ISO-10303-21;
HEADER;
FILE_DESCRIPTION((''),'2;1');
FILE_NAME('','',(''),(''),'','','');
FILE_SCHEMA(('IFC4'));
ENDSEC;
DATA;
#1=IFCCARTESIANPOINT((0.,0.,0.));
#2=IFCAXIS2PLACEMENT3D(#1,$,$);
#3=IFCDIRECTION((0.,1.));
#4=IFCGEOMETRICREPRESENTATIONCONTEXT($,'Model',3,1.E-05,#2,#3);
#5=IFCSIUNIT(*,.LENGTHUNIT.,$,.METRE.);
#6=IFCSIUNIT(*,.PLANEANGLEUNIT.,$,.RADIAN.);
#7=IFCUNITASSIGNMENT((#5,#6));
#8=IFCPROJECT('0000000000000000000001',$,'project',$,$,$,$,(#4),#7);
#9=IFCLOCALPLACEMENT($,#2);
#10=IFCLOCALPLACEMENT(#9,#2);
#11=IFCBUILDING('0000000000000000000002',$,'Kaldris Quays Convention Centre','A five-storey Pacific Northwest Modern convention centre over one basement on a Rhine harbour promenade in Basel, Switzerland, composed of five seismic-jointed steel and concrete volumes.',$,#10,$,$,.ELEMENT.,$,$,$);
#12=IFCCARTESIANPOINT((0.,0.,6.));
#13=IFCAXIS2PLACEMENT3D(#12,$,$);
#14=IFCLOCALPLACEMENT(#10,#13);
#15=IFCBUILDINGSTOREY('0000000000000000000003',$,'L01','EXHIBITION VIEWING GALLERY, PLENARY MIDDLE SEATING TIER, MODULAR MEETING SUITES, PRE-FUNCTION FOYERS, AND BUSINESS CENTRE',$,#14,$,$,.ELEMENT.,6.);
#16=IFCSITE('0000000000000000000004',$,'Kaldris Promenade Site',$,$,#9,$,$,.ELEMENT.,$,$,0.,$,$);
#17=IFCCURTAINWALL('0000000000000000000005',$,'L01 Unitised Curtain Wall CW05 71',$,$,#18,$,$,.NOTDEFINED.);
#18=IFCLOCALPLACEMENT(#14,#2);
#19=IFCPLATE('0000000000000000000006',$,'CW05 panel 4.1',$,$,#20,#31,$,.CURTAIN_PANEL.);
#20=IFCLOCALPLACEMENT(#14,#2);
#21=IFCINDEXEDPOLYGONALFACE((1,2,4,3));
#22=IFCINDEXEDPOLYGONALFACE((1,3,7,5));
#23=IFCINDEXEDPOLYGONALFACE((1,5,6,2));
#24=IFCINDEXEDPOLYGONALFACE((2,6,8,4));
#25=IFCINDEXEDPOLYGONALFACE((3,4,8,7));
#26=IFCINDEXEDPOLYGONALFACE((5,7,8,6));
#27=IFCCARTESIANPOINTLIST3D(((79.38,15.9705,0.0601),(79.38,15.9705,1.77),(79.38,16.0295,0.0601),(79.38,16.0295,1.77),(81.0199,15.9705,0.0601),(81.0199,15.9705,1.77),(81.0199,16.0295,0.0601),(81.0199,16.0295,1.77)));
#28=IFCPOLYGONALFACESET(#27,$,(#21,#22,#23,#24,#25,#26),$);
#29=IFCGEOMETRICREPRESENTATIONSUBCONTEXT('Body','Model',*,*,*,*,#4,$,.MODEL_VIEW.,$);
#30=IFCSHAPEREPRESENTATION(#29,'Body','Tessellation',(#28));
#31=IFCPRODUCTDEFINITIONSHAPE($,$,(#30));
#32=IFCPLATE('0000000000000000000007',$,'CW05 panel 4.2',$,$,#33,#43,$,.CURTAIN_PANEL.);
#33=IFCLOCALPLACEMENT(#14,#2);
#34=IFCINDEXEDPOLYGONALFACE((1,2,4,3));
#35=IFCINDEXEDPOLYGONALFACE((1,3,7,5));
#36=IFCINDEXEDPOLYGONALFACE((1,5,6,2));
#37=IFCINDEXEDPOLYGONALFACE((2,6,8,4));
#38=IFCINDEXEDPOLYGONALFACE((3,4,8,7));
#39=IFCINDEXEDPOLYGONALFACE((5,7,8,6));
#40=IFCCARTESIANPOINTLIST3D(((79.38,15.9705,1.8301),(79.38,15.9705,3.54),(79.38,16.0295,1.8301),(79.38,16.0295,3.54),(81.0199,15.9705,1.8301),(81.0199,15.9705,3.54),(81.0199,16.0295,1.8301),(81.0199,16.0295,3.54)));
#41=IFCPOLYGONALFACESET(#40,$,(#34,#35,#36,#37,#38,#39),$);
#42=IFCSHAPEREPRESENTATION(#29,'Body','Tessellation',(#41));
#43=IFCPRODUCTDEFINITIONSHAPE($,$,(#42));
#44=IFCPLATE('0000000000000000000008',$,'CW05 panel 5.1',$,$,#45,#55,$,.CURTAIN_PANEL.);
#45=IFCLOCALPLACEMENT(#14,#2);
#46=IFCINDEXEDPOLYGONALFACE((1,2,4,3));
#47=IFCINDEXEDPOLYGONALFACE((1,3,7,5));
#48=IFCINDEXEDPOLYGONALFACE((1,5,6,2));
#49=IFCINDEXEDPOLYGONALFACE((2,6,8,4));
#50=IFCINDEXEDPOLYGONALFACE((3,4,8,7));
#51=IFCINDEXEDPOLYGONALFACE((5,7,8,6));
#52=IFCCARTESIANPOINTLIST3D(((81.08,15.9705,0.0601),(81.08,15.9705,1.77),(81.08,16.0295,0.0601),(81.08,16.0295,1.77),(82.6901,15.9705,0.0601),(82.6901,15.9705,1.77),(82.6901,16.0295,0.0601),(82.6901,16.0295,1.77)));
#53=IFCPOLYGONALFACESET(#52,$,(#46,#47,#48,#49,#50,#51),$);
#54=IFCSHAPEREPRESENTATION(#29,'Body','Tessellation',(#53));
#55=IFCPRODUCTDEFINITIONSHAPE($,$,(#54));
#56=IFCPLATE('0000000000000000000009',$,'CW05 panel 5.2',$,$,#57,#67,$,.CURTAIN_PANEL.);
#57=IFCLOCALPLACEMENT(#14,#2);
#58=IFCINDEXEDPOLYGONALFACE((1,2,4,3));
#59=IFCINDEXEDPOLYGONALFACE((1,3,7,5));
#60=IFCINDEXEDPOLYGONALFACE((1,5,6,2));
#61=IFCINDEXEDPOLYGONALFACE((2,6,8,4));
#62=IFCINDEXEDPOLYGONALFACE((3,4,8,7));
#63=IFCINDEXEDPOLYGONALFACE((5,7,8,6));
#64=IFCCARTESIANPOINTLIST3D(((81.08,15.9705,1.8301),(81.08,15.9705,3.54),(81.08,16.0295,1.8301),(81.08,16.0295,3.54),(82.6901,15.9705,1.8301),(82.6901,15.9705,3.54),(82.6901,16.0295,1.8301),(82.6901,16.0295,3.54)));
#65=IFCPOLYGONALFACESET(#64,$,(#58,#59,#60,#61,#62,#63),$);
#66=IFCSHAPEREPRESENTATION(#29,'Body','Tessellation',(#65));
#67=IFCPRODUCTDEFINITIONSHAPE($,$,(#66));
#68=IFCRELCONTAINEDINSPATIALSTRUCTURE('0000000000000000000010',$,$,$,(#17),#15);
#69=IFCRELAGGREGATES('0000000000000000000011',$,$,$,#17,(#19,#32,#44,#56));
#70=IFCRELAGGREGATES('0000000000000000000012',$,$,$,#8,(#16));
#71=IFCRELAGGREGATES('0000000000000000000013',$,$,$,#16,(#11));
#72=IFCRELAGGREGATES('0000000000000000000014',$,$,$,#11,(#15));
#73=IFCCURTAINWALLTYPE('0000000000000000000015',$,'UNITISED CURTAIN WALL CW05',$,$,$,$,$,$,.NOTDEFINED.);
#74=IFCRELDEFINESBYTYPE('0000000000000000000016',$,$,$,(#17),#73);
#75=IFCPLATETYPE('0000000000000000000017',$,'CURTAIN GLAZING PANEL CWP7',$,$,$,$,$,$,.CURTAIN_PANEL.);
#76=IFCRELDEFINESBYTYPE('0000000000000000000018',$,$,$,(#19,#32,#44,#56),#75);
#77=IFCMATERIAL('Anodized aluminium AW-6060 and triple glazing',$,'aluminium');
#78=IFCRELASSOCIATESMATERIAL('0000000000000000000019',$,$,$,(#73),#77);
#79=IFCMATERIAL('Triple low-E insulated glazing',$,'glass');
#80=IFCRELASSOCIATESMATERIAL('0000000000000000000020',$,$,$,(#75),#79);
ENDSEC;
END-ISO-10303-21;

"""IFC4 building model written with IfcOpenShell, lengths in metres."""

from ifc_helpers import new_model, si_unit, direction, frame, origin, origin_2d, place, context, subcontext, project, spatial, rectangle, extrude, material, type_object, element, aggregate, save


model = new_model("IFC4")

# Units and contexts
model_context = context("Model", 3, precision=1e-05, world=origin(), true_north=direction((0.0, 1.0)))
body_context = subcontext(model_context, "Body", "Model", "MODEL_VIEW")
ifc_project = project(units=[si_unit("LENGTHUNIT", "METRE"), si_unit("PLANEANGLEUNIT", "RADIAN")], contexts=[model_context])

# Site, building, storey
site_placement = place(None, origin())
site = spatial("IfcSite", under=ifc_project, at=site_placement, Name="Kaldris Promenade Site", CompositionType="ELEMENT", RefElevation=0.0)
building_placement = place(site_placement, origin())
building = spatial("IfcBuilding", under=site, at=building_placement, Name="Kaldris Quays Convention Centre", Description="A five-storey Pacific Northwest Modern convention centre over one basement on a Rhine harbour promenade in Basel, Switzerland, composed of five seismic-jointed steel and concrete volumes.", CompositionType="ELEMENT")
storey_placement = place(building_placement, frame((0.0, 0.0, 6.0)))
storey = spatial("IfcBuildingStorey", under=building, at=storey_placement, Name="L01", Description="EXHIBITION VIEWING GALLERY, PLENARY MIDDLE SEATING TIER, MODULAR MEETING SUITES, PRE-FUNCTION FOYERS, AND BUSINESS CENTRE", CompositionType="ELEMENT", Elevation=6.0)

# Curtain wall, plates
ifc_material_1 = material(Name="Anodized aluminium AW-6060 and triple glazing", Category="aluminium")
curtain_wall_type = type_object("IfcCurtainWallType", Name="UNITISED CURTAIN WALL CW05", PredefinedType="NOTDEFINED", material=ifc_material_1)
curtain_wall_placement = place(storey_placement, origin())
curtain_wall = element("IfcCurtainWall", 1, at=curtain_wall_placement, inside=storey, type_object=curtain_wall_type, Name="L01 Unitised Curtain Wall CW05 71", PredefinedType="NOTDEFINED")
ifc_material_2 = material(Name="Triple low-E insulated glazing", Category="glass")
plate_type = type_object("IfcPlateType", Name="CURTAIN GLAZING PANEL CWP7", PredefinedType="CURTAIN_PANEL", material=ifc_material_2)
plate_1_placement = place(storey_placement, frame((80.2, 16.0, 0.0601), z_axis=(0.0, 0.0, 1.0), x_axis=(1.0, 0.0, 0.0)))
plate_1 = element("IfcPlate", 2, at=plate_1_placement, type_object=plate_type, Name="CW05 panel 4.1", PredefinedType="CURTAIN_PANEL", context=body_context, shape_type="SweptSolid", body=[
    extrude(rectangle(XDim=1.6399, YDim=0.0591, at=origin_2d()), origin(), (0.0, 0.0, 1.0), 1.71),
])
plate_2_placement = place(storey_placement, frame((80.2, 16.0, 1.8301), z_axis=(0.0, 0.0, 1.0), x_axis=(1.0, 0.0, 0.0)))
plate_2 = element("IfcPlate", 3, at=plate_2_placement, type_object=plate_type, Name="CW05 panel 4.2", PredefinedType="CURTAIN_PANEL", context=body_context, shape_type="SweptSolid", body=[
    extrude(rectangle(XDim=1.6399, YDim=0.0591, at=origin_2d()), origin(), (0.0, 0.0, 1.0), 1.71),
])
plate_3_placement = place(storey_placement, frame((81.885, 16.0, 0.0601), z_axis=(0.0, 0.0, 1.0), x_axis=(1.0, 0.0, 0.0)))
plate_3 = element("IfcPlate", 4, at=plate_3_placement, type_object=plate_type, Name="CW05 panel 5.1", PredefinedType="CURTAIN_PANEL", context=body_context, shape_type="SweptSolid", body=[
    extrude(rectangle(XDim=1.6101, YDim=0.0591, at=origin_2d()), origin(), (0.0, 0.0, 1.0), 1.71),
])
plate_4_placement = place(storey_placement, frame((81.885, 16.0, 1.8301), z_axis=(0.0, 0.0, 1.0), x_axis=(1.0, 0.0, 0.0)))
plate_4 = element("IfcPlate", 5, at=plate_4_placement, type_object=plate_type, Name="CW05 panel 5.2", PredefinedType="CURTAIN_PANEL", context=body_context, shape_type="SweptSolid", body=[
    extrude(rectangle(XDim=1.6101, YDim=0.0591, at=origin_2d()), origin(), (0.0, 0.0, 1.0), 1.71),
])
aggregate(curtain_wall, [plate_1, plate_2, plate_3, plate_4])

save(model, "model.ifc")
